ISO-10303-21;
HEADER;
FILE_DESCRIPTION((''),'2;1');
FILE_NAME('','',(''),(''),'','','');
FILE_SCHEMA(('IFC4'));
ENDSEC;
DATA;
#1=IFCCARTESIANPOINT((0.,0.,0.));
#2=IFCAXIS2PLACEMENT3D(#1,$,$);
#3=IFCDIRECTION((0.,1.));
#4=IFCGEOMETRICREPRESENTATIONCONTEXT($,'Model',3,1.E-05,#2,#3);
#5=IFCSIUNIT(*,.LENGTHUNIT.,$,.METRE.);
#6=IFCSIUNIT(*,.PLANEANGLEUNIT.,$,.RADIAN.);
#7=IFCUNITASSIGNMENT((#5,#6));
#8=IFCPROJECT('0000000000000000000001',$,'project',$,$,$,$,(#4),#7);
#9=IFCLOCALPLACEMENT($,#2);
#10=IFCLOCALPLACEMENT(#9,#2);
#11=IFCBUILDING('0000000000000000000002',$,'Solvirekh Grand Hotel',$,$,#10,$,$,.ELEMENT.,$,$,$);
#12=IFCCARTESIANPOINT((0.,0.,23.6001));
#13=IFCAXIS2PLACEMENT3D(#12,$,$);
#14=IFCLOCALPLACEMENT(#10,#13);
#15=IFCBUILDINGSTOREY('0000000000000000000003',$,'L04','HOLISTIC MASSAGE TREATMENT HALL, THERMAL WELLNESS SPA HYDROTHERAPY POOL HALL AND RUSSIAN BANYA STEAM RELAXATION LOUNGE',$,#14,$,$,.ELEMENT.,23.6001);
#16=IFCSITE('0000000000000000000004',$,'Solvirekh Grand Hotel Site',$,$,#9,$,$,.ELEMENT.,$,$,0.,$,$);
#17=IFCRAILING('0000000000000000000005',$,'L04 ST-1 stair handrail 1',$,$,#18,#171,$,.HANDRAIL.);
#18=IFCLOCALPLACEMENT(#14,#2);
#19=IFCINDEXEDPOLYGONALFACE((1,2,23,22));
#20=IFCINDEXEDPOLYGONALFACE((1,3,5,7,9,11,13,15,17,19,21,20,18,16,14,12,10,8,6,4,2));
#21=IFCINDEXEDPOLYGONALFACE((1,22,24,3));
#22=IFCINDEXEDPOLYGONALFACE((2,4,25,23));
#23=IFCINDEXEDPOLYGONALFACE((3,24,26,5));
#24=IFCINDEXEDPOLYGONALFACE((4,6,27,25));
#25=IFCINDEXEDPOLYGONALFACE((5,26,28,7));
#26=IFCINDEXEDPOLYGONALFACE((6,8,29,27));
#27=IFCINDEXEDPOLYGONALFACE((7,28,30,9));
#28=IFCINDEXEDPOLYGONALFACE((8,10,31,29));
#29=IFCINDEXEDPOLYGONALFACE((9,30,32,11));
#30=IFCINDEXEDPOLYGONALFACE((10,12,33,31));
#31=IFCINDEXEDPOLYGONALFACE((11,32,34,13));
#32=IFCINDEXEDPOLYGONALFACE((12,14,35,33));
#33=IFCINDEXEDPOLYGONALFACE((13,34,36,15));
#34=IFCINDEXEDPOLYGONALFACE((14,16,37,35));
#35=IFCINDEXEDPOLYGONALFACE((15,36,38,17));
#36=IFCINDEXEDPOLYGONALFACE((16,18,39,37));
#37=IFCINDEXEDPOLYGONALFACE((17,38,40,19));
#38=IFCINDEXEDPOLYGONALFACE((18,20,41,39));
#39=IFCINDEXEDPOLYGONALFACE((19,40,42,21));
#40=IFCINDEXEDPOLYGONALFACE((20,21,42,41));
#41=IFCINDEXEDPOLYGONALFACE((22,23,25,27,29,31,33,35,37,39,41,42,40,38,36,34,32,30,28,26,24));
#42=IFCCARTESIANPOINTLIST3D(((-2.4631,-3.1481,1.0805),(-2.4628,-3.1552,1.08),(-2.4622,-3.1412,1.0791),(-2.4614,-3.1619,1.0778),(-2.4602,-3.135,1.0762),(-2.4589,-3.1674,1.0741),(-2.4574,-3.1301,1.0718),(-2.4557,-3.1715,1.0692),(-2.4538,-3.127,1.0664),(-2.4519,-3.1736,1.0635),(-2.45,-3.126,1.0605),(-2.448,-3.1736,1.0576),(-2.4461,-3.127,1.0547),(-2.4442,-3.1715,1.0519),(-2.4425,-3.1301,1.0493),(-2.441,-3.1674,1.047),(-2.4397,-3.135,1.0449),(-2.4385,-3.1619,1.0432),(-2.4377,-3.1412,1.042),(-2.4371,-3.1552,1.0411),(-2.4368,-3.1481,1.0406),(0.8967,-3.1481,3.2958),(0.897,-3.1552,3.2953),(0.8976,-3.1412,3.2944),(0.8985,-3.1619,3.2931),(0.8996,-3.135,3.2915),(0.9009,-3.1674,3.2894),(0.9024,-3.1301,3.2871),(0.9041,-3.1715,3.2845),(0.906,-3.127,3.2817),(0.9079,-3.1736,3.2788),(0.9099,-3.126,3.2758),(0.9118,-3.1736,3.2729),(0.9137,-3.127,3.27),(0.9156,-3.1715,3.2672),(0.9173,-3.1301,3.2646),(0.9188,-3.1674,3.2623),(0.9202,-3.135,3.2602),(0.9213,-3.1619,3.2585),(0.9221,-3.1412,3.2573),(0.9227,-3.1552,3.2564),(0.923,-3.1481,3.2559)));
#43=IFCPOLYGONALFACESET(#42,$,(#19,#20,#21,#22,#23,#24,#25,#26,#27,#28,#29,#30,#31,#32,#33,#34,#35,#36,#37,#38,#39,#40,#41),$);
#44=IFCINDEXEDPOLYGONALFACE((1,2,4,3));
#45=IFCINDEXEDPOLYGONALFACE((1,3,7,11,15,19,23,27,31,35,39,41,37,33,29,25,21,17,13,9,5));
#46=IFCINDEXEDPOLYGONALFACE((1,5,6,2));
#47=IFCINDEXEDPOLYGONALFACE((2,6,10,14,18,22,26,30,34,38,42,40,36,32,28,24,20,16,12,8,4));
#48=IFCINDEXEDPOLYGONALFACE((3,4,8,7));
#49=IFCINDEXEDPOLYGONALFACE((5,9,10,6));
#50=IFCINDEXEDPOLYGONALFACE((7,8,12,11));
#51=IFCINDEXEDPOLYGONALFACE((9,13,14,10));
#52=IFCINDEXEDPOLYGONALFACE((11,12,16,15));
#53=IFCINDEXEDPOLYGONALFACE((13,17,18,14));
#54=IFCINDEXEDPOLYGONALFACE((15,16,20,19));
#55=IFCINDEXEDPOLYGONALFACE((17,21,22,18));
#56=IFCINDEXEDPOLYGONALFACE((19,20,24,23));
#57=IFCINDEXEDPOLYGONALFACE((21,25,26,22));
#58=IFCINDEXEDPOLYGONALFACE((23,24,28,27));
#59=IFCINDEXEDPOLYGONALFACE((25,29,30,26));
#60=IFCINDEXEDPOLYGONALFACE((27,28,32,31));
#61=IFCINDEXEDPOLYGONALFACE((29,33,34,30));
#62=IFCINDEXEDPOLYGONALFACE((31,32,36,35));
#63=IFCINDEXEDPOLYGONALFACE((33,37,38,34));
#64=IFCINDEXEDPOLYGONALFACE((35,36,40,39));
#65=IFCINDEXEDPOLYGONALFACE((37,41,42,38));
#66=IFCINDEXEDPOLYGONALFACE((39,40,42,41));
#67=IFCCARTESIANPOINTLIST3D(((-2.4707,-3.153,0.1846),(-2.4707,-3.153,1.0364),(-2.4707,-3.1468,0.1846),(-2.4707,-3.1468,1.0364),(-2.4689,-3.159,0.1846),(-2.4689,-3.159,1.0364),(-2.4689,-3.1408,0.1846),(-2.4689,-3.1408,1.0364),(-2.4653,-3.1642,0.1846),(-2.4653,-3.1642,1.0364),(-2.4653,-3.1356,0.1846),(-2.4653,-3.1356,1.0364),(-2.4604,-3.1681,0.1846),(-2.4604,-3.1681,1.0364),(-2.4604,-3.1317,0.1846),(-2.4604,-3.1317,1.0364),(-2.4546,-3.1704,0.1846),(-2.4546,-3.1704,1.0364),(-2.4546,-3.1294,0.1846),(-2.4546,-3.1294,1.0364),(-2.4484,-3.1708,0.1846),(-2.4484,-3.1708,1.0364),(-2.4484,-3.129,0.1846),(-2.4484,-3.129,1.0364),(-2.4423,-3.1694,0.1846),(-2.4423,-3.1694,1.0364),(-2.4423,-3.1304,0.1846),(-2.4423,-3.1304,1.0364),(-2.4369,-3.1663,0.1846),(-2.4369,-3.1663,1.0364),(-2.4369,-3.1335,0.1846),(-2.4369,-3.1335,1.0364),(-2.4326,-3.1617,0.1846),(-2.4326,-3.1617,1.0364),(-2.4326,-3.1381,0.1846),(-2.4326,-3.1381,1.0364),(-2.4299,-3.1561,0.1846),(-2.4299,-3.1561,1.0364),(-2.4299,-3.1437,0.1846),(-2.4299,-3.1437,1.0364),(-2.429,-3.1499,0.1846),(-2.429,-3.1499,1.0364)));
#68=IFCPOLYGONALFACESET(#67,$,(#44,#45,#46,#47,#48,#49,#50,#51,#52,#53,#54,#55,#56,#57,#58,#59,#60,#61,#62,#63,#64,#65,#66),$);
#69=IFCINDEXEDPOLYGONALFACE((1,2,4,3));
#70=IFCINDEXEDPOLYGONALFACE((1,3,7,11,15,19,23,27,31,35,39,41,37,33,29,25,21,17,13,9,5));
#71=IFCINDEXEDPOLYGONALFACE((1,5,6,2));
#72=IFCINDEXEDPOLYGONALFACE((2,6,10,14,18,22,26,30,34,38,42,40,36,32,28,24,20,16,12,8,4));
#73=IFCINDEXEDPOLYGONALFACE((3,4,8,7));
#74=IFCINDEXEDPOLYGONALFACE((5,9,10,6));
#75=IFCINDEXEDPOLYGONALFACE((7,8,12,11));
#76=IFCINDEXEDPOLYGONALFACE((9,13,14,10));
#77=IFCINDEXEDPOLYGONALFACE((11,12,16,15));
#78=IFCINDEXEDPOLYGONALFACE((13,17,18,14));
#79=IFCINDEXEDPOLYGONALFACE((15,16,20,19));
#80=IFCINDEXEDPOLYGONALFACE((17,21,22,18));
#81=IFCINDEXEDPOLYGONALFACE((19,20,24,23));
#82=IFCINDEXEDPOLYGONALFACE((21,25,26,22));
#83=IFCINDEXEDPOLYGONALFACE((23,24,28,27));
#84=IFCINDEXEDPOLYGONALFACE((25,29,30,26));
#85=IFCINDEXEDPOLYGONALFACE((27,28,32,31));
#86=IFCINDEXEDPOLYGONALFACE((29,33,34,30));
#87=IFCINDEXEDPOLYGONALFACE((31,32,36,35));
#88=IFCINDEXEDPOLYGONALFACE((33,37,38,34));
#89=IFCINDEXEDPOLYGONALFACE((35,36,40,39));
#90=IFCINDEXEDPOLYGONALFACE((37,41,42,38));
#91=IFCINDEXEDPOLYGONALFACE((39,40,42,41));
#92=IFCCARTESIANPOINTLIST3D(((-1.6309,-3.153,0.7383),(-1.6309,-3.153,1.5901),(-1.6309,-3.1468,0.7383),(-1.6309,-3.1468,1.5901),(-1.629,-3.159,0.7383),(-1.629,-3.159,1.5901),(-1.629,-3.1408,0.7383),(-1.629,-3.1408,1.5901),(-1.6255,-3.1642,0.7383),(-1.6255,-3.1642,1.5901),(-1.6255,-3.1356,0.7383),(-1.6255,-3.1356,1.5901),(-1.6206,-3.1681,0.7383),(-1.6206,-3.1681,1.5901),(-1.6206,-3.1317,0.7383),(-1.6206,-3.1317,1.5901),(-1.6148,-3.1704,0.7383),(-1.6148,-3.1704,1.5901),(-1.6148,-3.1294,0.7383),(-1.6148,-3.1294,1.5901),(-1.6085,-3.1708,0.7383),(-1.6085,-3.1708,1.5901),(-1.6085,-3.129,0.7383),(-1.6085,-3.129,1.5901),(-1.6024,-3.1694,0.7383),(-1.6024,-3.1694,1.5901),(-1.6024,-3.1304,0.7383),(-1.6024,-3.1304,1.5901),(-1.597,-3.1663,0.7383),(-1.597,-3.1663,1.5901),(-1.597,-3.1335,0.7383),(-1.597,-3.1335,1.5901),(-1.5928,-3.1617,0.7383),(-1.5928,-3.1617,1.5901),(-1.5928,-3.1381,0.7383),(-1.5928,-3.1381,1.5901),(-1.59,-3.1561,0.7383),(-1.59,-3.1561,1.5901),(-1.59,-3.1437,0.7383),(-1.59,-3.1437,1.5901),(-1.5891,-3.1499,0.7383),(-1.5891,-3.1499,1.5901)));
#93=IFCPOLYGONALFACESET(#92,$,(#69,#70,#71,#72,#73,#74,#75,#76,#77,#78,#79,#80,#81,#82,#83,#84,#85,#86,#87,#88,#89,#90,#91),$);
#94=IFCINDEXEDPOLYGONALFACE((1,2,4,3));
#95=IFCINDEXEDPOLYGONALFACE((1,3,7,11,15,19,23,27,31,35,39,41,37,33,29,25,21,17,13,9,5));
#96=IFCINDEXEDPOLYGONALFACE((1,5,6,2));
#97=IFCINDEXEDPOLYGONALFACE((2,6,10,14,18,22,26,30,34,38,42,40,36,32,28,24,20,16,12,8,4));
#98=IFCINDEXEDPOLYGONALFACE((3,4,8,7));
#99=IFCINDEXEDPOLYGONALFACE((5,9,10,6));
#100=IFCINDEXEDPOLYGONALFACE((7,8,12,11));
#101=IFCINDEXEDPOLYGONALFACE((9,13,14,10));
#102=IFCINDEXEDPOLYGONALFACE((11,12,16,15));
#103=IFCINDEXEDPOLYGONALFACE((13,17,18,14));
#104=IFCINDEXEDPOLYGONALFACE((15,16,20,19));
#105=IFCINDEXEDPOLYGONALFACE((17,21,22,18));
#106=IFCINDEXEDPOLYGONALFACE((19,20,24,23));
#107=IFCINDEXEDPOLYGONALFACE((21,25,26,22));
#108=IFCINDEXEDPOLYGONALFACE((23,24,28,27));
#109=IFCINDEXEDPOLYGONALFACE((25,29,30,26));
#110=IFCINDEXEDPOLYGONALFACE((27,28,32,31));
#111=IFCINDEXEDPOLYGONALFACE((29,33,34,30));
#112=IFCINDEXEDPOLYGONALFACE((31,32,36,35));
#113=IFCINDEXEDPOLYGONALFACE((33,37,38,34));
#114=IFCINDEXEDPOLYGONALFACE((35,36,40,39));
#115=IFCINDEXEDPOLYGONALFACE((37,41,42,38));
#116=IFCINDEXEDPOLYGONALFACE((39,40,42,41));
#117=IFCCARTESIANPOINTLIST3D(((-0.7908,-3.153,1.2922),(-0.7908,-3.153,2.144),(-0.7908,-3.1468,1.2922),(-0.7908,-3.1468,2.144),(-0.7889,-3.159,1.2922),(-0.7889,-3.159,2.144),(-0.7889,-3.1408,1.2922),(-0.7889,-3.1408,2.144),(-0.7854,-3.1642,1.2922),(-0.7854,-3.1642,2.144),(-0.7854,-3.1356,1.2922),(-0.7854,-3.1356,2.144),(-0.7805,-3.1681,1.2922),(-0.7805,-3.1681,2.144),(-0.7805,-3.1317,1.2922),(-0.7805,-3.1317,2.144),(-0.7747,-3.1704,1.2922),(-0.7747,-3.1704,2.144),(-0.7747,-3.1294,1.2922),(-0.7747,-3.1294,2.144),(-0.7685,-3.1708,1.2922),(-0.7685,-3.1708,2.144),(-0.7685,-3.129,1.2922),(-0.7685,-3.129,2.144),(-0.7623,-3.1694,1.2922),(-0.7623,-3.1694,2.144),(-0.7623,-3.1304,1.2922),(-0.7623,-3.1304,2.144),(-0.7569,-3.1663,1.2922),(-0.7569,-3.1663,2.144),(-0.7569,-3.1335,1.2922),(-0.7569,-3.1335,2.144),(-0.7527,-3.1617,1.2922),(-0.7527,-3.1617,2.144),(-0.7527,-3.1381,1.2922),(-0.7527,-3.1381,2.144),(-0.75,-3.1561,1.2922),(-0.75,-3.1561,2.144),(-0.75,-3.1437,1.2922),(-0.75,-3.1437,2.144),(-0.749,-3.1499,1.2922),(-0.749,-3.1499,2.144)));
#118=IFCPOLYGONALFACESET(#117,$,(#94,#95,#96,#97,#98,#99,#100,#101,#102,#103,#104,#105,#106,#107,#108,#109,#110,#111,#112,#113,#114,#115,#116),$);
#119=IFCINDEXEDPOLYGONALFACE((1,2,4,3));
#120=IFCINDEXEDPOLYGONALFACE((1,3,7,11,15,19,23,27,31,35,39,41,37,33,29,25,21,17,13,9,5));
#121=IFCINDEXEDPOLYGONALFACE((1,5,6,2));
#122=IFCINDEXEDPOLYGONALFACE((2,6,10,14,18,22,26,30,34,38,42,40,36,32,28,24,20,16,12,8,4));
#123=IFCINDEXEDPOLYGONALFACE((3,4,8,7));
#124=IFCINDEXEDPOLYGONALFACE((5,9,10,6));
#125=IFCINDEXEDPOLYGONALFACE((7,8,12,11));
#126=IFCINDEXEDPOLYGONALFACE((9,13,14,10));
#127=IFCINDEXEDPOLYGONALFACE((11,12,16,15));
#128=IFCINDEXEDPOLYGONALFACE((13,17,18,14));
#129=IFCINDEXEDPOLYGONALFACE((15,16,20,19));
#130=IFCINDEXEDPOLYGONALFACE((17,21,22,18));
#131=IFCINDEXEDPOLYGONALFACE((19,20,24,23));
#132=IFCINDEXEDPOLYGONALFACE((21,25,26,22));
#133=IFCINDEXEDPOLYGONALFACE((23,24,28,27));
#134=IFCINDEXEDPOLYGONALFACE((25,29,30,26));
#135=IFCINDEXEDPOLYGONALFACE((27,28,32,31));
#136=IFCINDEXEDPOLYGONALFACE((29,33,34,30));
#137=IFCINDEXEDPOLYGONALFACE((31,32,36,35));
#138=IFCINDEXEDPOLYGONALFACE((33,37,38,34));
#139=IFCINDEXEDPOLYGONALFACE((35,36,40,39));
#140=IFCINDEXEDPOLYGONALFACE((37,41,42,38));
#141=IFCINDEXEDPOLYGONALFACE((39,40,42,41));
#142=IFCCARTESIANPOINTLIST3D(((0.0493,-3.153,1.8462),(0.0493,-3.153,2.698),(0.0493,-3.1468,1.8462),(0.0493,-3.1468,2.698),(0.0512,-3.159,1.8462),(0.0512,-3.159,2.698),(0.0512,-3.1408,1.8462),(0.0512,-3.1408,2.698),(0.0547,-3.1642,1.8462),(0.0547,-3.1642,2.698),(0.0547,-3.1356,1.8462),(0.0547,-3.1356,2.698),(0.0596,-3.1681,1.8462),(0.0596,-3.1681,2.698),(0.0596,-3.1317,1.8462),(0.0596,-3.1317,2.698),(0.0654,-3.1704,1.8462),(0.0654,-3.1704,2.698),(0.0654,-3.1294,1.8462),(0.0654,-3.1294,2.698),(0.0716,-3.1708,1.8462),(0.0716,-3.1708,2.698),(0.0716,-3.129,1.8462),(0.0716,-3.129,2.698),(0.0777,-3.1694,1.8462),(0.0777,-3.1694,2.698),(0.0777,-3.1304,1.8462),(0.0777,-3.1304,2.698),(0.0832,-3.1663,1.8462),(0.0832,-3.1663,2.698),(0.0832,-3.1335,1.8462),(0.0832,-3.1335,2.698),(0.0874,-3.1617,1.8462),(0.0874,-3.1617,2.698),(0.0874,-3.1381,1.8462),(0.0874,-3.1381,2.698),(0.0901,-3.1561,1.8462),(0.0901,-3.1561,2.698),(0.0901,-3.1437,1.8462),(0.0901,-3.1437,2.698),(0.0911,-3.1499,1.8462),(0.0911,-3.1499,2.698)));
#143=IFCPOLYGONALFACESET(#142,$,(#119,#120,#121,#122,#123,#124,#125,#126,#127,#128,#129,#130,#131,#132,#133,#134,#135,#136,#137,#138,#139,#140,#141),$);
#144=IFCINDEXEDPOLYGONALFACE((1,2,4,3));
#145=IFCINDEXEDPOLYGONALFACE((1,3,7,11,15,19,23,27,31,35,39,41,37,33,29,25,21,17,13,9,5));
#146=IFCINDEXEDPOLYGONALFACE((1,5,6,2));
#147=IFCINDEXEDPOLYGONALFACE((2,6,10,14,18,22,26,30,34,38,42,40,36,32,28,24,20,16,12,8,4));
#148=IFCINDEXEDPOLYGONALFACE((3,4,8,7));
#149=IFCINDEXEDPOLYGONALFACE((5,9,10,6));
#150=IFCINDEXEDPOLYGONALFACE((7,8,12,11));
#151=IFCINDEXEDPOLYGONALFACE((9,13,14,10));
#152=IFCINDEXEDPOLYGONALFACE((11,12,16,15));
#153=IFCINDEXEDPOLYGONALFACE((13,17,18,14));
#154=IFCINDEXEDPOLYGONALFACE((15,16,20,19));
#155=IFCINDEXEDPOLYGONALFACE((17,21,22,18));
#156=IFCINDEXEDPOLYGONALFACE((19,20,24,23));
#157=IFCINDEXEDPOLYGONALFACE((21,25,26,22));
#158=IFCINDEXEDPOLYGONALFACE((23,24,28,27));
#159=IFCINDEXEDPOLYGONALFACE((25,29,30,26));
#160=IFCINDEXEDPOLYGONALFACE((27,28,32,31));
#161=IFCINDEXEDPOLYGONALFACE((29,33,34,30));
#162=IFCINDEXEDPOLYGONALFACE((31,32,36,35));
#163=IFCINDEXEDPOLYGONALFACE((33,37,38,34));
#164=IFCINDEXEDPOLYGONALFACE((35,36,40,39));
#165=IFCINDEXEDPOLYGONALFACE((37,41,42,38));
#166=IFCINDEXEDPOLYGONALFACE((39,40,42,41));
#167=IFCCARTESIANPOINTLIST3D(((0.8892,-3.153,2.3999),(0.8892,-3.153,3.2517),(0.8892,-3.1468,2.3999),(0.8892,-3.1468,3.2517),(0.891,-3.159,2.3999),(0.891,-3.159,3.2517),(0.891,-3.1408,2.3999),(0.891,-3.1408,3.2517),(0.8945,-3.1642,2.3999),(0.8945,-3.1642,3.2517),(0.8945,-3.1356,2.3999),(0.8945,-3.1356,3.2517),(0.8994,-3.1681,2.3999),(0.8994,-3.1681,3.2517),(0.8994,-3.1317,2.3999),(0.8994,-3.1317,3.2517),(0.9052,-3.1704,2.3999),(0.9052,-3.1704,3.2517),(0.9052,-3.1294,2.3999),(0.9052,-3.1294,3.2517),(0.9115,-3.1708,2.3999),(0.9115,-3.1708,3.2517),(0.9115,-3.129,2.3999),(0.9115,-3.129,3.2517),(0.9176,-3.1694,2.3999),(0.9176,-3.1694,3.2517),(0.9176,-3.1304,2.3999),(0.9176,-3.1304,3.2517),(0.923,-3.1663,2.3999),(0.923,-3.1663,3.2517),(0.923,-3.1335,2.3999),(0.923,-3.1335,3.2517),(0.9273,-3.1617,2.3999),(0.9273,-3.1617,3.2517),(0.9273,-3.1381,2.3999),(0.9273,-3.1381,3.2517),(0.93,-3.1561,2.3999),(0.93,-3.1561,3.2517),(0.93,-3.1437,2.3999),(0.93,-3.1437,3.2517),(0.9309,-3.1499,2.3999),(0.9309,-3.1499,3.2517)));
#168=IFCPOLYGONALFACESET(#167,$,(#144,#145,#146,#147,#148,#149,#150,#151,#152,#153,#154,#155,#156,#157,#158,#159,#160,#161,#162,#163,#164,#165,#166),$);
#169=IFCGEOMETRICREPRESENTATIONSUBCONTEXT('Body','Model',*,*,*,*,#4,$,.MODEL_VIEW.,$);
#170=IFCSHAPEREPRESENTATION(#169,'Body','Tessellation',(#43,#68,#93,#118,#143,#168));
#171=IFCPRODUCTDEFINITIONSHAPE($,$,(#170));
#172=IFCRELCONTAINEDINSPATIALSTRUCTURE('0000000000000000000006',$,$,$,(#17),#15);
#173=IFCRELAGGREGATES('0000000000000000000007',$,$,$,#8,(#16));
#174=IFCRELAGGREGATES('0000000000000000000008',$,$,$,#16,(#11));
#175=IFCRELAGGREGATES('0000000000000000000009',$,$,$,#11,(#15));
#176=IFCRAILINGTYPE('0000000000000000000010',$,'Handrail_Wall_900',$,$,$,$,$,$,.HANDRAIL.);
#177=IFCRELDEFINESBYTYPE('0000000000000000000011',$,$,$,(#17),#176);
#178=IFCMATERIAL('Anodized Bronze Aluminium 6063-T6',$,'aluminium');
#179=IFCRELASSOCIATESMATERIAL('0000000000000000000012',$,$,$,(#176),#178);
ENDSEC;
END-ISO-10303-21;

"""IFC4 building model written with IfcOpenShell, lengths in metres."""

from ifc_helpers import new_model, si_unit, direction, frame, origin, origin_2d, place, context, subcontext, project, spatial, circle, extrude, material, type_object, element, save


model = new_model("IFC4")

# Units and contexts
model_context = context("Model", 3, precision=1e-05, world=origin(), true_north=direction((0.0, 1.0)))
body_context = subcontext(model_context, "Body", "Model", "MODEL_VIEW")
ifc_project = project(units=[si_unit("LENGTHUNIT", "METRE"), si_unit("PLANEANGLEUNIT", "RADIAN")], contexts=[model_context])

# Site, building, storey
site_placement = place(None, origin())
site = spatial("IfcSite", under=ifc_project, at=site_placement, Name="Solvirekh Grand Hotel Site", CompositionType="ELEMENT", RefElevation=0.0)
building_placement = place(site_placement, origin())
building = spatial("IfcBuilding", under=site, at=building_placement, Name="Solvirekh Grand Hotel", CompositionType="ELEMENT")
storey_placement = place(building_placement, frame((0.0, 0.0, 23.6001)))
storey = spatial("IfcBuildingStorey", under=building, at=storey_placement, Name="L04", Description="HOLISTIC MASSAGE TREATMENT HALL, THERMAL WELLNESS SPA HYDROTHERAPY POOL HALL AND RUSSIAN BANYA STEAM RELAXATION LOUNGE", CompositionType="ELEMENT", Elevation=23.6001)

# Shared definitions
ifc_material_1 = material(Name="Anodized Bronze Aluminium 6063-T6", Category="aluminium")

# Railing
railing_type = type_object("IfcRailingType", Name="Handrail_Wall_900", PredefinedType="HANDRAIL", material=ifc_material_1)
railing_placement = place(storey_placement, frame((-2.45, -3.1499, 0.1846)))
element("IfcRailing", 1, at=railing_placement, inside=storey, type_object=railing_type, Name="L04 ST-1 stair handrail 1", PredefinedType="HANDRAIL", context=body_context, shape_type="SweptSolid", body=[
    extrude(circle(Radius=0.0239, at=origin_2d()), frame((0.0, 0.0, 0.876), z_axis=(0.834858, 0.0, 0.550465), x_axis=(0.0, 1.0, 0.0)), (0.0, 0.0, 1.0), 4.0244),
    extrude(circle(Radius=0.021, at=origin_2d()), origin(), (0.0, 0.0, 1.0), 0.8518),
    extrude(circle(Radius=0.021, at=origin_2d()), frame((0.8398, 0.0, 0.5537)), (0.0, 0.0, 1.0), 0.8518),
    extrude(circle(Radius=0.021, at=origin_2d()), frame((1.6799, 0.0, 1.1077)), (0.0, 0.0, 1.0), 0.8518),
    extrude(circle(Radius=0.021, at=origin_2d()), frame((2.52, 0.0, 1.6616)), (0.0, 0.0, 1.0), 0.8518),
    extrude(circle(Radius=0.021, at=origin_2d()), frame((3.3599, 0.0, 2.2153)), (0.0, 0.0, 1.0), 0.8518),
])

save(model, "model.ifc")
